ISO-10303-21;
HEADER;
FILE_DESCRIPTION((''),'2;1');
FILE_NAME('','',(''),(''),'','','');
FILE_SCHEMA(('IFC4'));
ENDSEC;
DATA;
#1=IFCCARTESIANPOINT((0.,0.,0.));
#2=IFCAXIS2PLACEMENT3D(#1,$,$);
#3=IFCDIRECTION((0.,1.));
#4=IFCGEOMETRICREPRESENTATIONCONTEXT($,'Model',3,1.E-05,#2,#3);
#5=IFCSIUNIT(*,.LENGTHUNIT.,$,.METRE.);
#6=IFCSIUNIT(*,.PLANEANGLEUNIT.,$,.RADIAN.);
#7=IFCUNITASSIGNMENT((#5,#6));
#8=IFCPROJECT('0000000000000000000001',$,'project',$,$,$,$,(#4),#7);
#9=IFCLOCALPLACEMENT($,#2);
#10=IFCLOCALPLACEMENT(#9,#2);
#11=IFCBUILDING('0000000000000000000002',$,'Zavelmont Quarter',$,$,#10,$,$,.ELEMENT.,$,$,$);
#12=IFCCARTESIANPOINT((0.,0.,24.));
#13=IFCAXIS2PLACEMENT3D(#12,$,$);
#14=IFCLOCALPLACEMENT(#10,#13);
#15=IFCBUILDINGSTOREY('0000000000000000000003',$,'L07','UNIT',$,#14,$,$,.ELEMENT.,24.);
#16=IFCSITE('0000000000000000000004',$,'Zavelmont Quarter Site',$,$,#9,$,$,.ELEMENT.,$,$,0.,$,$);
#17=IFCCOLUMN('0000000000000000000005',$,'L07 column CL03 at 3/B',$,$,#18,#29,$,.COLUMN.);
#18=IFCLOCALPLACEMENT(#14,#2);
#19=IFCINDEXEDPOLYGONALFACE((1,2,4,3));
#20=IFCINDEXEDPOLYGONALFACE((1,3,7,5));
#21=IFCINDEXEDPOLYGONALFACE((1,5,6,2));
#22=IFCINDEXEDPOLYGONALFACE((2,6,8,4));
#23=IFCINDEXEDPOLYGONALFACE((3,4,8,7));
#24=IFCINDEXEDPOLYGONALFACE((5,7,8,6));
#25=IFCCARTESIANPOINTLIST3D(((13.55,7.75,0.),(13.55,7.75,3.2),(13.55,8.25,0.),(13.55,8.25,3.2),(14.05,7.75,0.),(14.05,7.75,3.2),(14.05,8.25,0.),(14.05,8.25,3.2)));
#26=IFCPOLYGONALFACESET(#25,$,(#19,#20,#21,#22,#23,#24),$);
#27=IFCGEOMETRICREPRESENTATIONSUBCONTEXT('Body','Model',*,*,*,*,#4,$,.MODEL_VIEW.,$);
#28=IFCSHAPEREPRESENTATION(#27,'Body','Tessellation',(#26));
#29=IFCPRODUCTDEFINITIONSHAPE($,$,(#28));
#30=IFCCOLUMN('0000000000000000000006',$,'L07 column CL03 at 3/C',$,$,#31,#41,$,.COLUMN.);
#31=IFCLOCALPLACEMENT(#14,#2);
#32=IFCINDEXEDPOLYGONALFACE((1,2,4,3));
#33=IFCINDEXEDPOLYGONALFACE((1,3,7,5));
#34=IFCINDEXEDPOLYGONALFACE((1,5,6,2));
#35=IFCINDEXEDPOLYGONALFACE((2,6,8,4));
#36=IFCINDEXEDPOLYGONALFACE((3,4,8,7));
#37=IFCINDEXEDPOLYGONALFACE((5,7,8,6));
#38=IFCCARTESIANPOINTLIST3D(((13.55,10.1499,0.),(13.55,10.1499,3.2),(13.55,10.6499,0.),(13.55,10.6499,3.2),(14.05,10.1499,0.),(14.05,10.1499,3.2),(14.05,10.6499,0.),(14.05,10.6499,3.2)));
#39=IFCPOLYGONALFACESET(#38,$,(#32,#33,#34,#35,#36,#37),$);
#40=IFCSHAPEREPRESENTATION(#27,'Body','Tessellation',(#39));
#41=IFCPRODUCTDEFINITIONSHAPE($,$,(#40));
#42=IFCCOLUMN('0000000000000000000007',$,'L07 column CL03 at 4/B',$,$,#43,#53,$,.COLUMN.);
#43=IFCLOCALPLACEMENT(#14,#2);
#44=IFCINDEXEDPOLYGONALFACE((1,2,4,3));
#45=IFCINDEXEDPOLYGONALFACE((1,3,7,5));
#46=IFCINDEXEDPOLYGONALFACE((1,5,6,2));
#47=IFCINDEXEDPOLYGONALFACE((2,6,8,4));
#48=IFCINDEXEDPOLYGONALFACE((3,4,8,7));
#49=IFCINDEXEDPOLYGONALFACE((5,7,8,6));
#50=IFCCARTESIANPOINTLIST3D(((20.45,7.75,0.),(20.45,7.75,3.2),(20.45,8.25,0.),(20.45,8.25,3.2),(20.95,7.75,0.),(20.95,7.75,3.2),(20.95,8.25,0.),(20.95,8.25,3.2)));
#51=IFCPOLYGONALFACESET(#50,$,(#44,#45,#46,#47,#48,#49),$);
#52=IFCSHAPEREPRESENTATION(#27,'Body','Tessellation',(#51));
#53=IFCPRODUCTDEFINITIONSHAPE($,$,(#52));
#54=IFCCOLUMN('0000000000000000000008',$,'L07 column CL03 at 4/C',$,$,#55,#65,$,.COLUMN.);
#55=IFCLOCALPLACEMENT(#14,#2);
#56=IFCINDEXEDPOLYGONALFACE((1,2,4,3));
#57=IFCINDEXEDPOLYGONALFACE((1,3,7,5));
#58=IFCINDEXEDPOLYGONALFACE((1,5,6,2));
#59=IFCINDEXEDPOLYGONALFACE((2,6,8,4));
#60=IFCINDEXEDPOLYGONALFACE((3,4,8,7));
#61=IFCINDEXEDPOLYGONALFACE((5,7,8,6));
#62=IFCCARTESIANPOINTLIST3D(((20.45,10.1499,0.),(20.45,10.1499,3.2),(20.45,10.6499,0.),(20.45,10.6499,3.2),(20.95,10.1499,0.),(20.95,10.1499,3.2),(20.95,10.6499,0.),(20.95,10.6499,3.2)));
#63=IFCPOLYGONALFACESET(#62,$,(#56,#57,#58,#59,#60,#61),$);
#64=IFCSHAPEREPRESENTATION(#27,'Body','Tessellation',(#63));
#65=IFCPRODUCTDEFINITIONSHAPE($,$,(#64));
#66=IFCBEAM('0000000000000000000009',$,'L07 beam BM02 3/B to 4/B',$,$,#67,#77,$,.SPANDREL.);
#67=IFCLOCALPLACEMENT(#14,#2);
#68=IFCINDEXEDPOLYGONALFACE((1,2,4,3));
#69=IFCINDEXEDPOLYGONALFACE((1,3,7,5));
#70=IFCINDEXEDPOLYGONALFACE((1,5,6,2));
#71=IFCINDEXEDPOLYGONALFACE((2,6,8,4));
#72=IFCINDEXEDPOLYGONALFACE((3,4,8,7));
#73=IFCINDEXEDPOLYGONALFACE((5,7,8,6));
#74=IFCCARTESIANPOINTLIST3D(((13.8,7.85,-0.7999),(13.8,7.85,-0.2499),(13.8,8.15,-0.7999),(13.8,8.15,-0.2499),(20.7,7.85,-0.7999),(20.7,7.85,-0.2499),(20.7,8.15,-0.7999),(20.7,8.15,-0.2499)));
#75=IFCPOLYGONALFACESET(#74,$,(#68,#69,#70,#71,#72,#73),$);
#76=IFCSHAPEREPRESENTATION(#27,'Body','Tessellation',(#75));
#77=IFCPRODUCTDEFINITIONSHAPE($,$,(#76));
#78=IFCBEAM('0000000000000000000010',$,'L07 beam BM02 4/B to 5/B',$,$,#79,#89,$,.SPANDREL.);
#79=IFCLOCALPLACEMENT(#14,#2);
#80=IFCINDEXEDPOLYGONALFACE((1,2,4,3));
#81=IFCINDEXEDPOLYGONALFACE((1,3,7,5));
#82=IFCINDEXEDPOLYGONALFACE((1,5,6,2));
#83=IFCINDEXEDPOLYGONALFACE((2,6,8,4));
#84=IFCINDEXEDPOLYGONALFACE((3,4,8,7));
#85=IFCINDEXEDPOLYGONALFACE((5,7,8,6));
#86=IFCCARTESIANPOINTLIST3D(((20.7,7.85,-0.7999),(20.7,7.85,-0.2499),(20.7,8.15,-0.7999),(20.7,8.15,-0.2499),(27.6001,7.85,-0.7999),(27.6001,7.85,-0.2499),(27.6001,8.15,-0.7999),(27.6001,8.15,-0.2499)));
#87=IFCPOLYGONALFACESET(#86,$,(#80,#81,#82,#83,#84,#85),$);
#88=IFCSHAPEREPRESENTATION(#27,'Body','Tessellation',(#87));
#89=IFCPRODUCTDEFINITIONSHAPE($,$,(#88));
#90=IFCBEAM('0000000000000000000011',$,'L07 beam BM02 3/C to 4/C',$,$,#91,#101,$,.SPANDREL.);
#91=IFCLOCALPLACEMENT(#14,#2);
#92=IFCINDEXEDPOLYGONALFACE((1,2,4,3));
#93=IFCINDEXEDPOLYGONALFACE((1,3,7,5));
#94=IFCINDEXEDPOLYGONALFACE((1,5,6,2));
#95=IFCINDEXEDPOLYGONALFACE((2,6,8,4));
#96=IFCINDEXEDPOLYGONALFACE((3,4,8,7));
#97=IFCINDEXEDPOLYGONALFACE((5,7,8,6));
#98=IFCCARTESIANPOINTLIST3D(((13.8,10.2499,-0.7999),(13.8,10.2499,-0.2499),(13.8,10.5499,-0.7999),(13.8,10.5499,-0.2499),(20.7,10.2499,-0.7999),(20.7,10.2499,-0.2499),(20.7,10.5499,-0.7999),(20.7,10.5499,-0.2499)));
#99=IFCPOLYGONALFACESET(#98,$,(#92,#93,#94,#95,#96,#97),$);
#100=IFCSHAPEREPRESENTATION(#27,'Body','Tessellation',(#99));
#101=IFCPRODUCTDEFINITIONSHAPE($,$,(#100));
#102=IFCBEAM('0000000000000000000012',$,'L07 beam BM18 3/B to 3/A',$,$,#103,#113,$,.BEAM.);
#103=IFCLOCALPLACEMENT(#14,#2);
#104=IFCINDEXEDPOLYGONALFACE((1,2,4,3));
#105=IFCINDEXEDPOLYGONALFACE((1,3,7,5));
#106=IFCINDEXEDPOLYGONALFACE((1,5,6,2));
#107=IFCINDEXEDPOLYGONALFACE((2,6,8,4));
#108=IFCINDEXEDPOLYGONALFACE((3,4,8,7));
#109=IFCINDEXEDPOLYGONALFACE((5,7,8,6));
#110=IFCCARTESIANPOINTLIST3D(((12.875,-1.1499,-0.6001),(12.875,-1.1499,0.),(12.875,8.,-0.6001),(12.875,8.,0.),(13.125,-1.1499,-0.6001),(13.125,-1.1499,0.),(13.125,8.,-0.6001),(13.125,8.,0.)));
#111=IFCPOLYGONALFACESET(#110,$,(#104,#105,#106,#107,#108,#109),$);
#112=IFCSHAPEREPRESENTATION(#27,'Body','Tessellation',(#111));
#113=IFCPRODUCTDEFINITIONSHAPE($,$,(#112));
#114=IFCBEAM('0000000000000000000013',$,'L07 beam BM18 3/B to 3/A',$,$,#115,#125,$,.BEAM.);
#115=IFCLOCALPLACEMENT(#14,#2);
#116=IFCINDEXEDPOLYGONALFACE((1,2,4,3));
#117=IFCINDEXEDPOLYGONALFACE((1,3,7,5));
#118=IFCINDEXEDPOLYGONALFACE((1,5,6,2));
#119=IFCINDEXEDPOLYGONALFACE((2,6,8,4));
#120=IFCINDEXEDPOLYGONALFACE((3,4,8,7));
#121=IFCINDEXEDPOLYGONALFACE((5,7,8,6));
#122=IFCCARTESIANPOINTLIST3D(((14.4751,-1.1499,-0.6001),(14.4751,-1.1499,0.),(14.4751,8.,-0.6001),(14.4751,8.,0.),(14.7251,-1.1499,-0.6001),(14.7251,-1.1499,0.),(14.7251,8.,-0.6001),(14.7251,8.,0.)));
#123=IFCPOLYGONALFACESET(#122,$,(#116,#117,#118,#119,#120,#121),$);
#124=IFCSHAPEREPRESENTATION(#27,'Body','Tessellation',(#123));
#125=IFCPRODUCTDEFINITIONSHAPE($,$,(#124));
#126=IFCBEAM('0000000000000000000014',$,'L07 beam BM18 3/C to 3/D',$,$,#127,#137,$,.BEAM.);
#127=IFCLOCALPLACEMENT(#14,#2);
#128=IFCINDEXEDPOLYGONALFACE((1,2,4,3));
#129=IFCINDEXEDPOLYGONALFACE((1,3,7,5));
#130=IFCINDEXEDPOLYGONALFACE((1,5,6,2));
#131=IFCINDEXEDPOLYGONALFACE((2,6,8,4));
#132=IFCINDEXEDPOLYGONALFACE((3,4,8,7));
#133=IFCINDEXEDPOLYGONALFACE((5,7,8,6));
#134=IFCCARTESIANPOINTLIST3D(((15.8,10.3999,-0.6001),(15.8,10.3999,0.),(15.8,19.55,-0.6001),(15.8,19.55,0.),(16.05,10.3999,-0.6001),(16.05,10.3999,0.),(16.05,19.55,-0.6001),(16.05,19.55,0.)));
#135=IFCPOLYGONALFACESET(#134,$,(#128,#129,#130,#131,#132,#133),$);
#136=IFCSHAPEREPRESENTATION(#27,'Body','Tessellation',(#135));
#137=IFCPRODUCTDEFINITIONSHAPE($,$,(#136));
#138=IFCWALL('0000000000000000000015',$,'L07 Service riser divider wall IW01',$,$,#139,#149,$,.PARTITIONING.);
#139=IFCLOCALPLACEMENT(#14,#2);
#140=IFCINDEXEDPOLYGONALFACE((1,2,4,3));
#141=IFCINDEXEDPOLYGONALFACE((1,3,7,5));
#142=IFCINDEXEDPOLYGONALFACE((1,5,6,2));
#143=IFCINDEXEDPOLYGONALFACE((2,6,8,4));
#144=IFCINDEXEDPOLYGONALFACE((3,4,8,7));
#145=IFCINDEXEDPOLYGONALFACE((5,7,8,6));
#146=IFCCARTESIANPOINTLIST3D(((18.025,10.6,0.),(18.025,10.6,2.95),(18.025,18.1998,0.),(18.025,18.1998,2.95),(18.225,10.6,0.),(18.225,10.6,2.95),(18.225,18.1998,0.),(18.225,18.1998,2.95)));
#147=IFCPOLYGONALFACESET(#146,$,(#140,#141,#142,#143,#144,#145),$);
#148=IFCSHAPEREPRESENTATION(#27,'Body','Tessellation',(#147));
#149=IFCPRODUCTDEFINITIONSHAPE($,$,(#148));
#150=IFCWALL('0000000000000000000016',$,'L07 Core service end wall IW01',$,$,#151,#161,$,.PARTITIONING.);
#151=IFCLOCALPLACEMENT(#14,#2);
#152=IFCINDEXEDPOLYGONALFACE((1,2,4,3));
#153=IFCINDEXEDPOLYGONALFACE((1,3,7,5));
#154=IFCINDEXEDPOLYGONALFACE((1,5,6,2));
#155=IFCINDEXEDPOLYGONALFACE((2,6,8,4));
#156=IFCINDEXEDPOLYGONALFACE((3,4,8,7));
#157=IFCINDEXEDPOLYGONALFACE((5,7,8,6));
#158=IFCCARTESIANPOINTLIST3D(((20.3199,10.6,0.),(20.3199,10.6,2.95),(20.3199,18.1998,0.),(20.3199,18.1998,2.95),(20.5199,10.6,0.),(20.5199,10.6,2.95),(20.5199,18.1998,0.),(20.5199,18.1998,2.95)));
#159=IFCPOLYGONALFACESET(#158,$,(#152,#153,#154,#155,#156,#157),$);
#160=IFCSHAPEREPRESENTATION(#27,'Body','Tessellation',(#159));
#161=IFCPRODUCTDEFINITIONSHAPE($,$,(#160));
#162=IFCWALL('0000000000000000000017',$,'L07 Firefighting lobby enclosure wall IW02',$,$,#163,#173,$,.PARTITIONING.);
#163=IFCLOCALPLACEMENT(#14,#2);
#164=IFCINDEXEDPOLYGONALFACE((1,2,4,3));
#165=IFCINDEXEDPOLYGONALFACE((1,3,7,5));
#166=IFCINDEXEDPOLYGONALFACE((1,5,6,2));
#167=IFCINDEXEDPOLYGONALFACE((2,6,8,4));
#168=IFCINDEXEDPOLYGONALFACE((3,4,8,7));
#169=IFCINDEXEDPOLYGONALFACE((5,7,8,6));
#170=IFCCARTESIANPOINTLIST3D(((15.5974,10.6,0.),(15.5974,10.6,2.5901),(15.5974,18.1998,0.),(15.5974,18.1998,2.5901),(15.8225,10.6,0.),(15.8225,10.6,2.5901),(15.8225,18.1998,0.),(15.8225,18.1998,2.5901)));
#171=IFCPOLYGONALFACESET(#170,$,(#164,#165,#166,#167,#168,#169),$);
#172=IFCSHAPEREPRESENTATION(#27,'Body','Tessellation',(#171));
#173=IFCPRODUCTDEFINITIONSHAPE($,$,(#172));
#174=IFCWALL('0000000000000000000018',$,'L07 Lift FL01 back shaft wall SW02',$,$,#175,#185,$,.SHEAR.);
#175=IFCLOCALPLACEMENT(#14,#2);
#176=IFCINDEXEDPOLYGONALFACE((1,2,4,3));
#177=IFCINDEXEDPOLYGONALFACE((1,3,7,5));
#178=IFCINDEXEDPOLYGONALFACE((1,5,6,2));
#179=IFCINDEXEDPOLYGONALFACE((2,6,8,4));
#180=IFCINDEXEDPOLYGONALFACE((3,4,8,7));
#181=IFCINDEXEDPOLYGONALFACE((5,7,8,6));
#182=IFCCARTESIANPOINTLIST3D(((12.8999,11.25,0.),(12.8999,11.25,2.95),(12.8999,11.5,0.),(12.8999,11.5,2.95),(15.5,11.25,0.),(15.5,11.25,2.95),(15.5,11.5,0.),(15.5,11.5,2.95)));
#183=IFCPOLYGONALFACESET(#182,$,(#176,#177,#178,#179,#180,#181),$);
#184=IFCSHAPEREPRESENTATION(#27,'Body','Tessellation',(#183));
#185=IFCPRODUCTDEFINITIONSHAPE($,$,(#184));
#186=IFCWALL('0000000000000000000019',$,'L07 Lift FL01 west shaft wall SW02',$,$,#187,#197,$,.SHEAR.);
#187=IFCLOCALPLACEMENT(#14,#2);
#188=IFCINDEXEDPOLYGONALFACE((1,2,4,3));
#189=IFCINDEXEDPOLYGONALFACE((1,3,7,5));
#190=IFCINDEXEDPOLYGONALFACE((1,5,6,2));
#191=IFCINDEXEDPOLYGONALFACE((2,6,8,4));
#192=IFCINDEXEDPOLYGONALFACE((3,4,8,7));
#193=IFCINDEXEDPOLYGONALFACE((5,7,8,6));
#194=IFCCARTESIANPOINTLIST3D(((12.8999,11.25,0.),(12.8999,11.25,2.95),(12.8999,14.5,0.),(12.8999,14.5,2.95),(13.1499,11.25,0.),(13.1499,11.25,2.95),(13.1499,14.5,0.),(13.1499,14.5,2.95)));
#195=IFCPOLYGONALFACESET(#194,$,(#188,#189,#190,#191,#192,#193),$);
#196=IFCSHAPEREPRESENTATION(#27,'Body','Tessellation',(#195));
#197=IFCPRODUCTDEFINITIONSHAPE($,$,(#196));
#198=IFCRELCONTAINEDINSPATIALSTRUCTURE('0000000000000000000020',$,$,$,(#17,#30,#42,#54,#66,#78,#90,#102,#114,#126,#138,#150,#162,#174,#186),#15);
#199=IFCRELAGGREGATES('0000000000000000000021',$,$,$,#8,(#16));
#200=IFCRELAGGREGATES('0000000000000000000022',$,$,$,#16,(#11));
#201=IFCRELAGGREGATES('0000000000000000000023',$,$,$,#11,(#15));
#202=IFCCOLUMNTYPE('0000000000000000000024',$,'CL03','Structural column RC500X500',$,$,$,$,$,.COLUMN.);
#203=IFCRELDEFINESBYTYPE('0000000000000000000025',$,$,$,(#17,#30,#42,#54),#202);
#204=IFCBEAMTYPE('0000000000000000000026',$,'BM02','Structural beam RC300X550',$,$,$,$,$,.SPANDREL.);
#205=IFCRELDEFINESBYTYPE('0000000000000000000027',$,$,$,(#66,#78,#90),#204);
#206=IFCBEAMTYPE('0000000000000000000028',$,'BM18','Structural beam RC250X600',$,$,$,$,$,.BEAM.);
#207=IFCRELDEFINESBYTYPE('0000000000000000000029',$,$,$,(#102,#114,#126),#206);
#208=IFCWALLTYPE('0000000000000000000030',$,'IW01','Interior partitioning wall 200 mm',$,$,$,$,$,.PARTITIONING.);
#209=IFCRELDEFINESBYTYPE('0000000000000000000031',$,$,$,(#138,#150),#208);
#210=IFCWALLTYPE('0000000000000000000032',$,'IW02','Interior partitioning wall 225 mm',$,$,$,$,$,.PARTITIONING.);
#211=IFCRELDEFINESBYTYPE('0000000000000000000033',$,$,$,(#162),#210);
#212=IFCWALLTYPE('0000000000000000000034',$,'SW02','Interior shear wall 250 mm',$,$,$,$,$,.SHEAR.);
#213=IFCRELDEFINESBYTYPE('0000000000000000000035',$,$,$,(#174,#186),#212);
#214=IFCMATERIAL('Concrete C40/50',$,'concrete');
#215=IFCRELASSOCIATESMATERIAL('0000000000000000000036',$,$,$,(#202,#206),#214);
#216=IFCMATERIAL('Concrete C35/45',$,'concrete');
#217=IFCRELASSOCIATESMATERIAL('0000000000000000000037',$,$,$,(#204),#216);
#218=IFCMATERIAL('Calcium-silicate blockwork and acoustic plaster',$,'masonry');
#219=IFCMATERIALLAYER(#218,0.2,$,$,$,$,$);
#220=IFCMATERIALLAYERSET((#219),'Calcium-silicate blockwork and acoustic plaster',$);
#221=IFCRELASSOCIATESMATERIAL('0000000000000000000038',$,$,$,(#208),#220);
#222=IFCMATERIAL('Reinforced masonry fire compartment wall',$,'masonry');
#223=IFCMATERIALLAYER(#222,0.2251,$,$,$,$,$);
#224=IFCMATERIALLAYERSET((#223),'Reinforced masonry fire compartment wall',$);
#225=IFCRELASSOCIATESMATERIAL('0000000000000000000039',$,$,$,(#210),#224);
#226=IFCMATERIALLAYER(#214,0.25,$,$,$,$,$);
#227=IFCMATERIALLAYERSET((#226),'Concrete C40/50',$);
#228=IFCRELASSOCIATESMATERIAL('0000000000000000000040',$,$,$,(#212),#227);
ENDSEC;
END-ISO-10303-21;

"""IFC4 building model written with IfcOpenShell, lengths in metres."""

from ifc_helpers import new_model, si_unit, direction, frame, frame_2d, origin, origin_2d, place, context, subcontext, project, spatial, rectangle, extrude, material, layer, layer_set, material_profile, profile_set, type_object, element, save


model = new_model("IFC4")

# Units and contexts
model_context = context("Model", 3, precision=1e-05, world=origin(), true_north=direction((0.0, 1.0)))
body_context = subcontext(model_context, "Body", "Model", "MODEL_VIEW")
ifc_project = project(units=[si_unit("LENGTHUNIT", "METRE"), si_unit("PLANEANGLEUNIT", "RADIAN")], contexts=[model_context])

# Site, building, storey
site_placement = place(None, origin())
site = spatial("IfcSite", under=ifc_project, at=site_placement, Name="Zavelmont Quarter Site", CompositionType="ELEMENT", RefElevation=0.0)
building_placement = place(site_placement, origin())
building = spatial("IfcBuilding", under=site, at=building_placement, Name="Zavelmont Quarter", CompositionType="ELEMENT")
storey_placement = place(building_placement, frame((0.0, 0.0, 24.0)))
storey = spatial("IfcBuildingStorey", under=building, at=storey_placement, Name="L07", Description="UNIT", CompositionType="ELEMENT", Elevation=24.0)

# Columns
ifc_material_1 = material(Name="Concrete C40/50", Category="concrete")
ifc_material_profile_1 = material_profile(ifc_material_1, rectangle(XDim=0.5, YDim=0.5, at=origin_2d()), Name="RC500X500")
ifc_profile_set_1 = profile_set([ifc_material_profile_1], Name="Concrete C40/50")
column_type = type_object("IfcColumnType", Name="CL03", Description="Structural column RC500X500", PredefinedType="COLUMN", material=ifc_profile_set_1)
for number, where, z_axis, x_axis, name in (
    (1, (13.8, 8.0, 0.0), (0.0, 0.0, 1.0), (1.0, 0.0, 0.0), "L07 column CL03 at 3/B"),
    (2, (13.8, 10.3999, 0.0), (0.0, 0.0, 1.0), (1.0, 0.0, 0.0), "L07 column CL03 at 3/C"),
    (3, (20.7, 8.0, 0.0), (0.0, 0.0, 1.0), (1.0, 0.0, 0.0), "L07 column CL03 at 4/B"),
    (4, (20.7, 10.3999, 0.0), (0.0, 0.0, 1.0), (1.0, 0.0, 0.0), "L07 column CL03 at 4/C"),
):
    element("IfcColumn", number, at=place(storey_placement, frame(where, z_axis=z_axis, x_axis=x_axis)), inside=storey, type_object=column_type, Name=name, PredefinedType="COLUMN", context=body_context, shape_type="SweptSolid", body=[
        extrude(rectangle(XDim=0.5, YDim=0.5, at=origin_2d()), origin(), (0.0, 0.0, 1.0), 3.2),
    ])

# Beams
ifc_material_2 = material(Name="Concrete C35/45", Category="concrete")
ifc_material_profile_2 = material_profile(ifc_material_2, rectangle(XDim=0.3, YDim=0.55, at=origin_2d()), Name="RC300X550")
ifc_profile_set_2 = profile_set([ifc_material_profile_2], Name="Concrete C35/45")
beam_type_1 = type_object("IfcBeamType", Name="BM02", Description="Structural beam RC300X550", PredefinedType="SPANDREL", material=ifc_profile_set_2)
beam_1_placement = place(storey_placement, frame((13.8, 8.0, -0.5249), z_axis=(1.0, 0.0, 0.0), x_axis=(0.0, 1.0, 0.0)))
element("IfcBeam", 5, at=beam_1_placement, inside=storey, type_object=beam_type_1, Name="L07 beam BM02 3/B to 4/B", PredefinedType="SPANDREL", context=body_context, shape_type="SweptSolid", body=[
    extrude(rectangle(XDim=0.3, YDim=0.55, at=origin_2d()), origin(), (0.0, 0.0, 1.0), 6.8999),
])
beam_2_placement = place(storey_placement, frame((20.7, 8.0, -0.5249), z_axis=(1.0, 0.0, 0.0), x_axis=(0.0, 1.0, 0.0)))
element("IfcBeam", 6, at=beam_2_placement, inside=storey, type_object=beam_type_1, Name="L07 beam BM02 4/B to 5/B", PredefinedType="SPANDREL", context=body_context, shape_type="SweptSolid", body=[
    extrude(rectangle(XDim=0.3, YDim=0.55, at=origin_2d()), origin(), (0.0, 0.0, 1.0), 6.9001),
])
beam_3_placement = place(storey_placement, frame((13.8, 10.3999, -0.5249), z_axis=(1.0, 0.0, 0.0), x_axis=(0.0, 1.0, 0.0)))
element("IfcBeam", 7, at=beam_3_placement, inside=storey, type_object=beam_type_1, Name="L07 beam BM02 3/C to 4/C", PredefinedType="SPANDREL", context=body_context, shape_type="SweptSolid", body=[
    extrude(rectangle(XDim=0.3, YDim=0.55, at=origin_2d()), origin(), (0.0, 0.0, 1.0), 6.8999),
])
ifc_material_profile_3 = material_profile(ifc_material_1, rectangle(XDim=0.25, YDim=0.6001, at=origin_2d()), Name="RC250X600")
ifc_profile_set_3 = profile_set([ifc_material_profile_3], Name="Concrete C40/50")
beam_type_2 = type_object("IfcBeamType", Name="BM18", Description="Structural beam RC250X600", PredefinedType="BEAM", material=ifc_profile_set_3)
for number, where, z_axis, x_axis, name in (
    (8, (13.0, 8.0, -0.3), (0.0, -1.0, 0.0), (1.0, 0.0, 0.0), "L07 beam BM18 3/B to 3/A"),
    (9, (14.6001, 8.0, -0.3), (0.0, -1.0, 0.0), (1.0, 0.0, 0.0), "L07 beam BM18 3/B to 3/A"),
):
    element("IfcBeam", number, at=place(storey_placement, frame(where, z_axis=z_axis, x_axis=x_axis)), inside=storey, type_object=beam_type_2, Name=name, PredefinedType="BEAM", context=body_context, shape_type="SweptSolid", body=[
        extrude(rectangle(XDim=0.25, YDim=0.6001, at=origin_2d()), origin(), (0.0, 0.0, 1.0), 9.1499),
    ])
beam_4_placement = place(storey_placement, frame((15.925, 10.3999, -0.3), z_axis=(0.0, 1.0, 0.0), x_axis=(-1.0, 0.0, 0.0)))
element("IfcBeam", 10, at=beam_4_placement, inside=storey, type_object=beam_type_2, Name="L07 beam BM18 3/C to 3/D", PredefinedType="BEAM", context=body_context, shape_type="SweptSolid", body=[
    extrude(rectangle(XDim=0.25, YDim=0.6001, at=origin_2d()), origin(), (0.0, 0.0, 1.0), 9.1501),
])

# Walls
ifc_material_3 = material(Name="Calcium-silicate blockwork and acoustic plaster", Category="masonry")
ifc_layer_1 = layer(ifc_material_3, 0.2)
ifc_layer_set_1 = layer_set([ifc_layer_1], Name="Calcium-silicate blockwork and acoustic plaster")
wall_type_1 = type_object("IfcWallType", Name="IW01", Description="Interior partitioning wall 200 mm", PredefinedType="PARTITIONING", material=ifc_layer_set_1)
for number, where, z_axis, x_axis, name in (
    (11, (18.125, 10.6001, 0.0), (0.0, 0.0, 1.0), (0.0, 1.0, 0.0), "L07 Service riser divider wall IW01"),
    (12, (20.4199, 10.6001, 0.0), (0.0, 0.0, 1.0), (0.0, 1.0, 0.0), "L07 Core service end wall IW01"),
):
    element("IfcWall", number, at=place(storey_placement, frame(where, z_axis=z_axis, x_axis=x_axis)), inside=storey, type_object=wall_type_1, Name=name, PredefinedType="PARTITIONING", context=body_context, shape_type="SweptSolid", body=[
        extrude(rectangle(XDim=7.5999, YDim=0.2, at=frame_2d((3.7998, 0.0))), origin(), (0.0, 0.0, 1.0), 2.95),
    ])
ifc_material_4 = material(Name="Reinforced masonry fire compartment wall", Category="masonry")
ifc_layer_2 = layer(ifc_material_4, 0.2251)
ifc_layer_set_2 = layer_set([ifc_layer_2], Name="Reinforced masonry fire compartment wall")
wall_type_2 = type_object("IfcWallType", Name="IW02", Description="Interior partitioning wall 225 mm", PredefinedType="PARTITIONING", material=ifc_layer_set_2)
wall_1_placement = place(storey_placement, frame((15.71, 10.6001, 0.0), z_axis=(0.0, 0.0, 1.0), x_axis=(0.0, 1.0, 0.0)))
element("IfcWall", 13, at=wall_1_placement, inside=storey, type_object=wall_type_2, Name="L07 Firefighting lobby enclosure wall IW02", PredefinedType="PARTITIONING", context=body_context, shape_type="SweptSolid", body=[
    extrude(rectangle(XDim=7.5999, YDim=0.2251, at=frame_2d((3.7998, 0.0))), origin(), (0.0, 0.0, 1.0), 2.5901),
])
ifc_layer_3 = layer(ifc_material_1, 0.25)
ifc_layer_set_3 = layer_set([ifc_layer_3], Name="Concrete C40/50")
wall_type_3 = type_object("IfcWallType", Name="SW02", Description="Interior shear wall 250 mm", PredefinedType="SHEAR", material=ifc_layer_set_3)
wall_2_placement = place(storey_placement, frame((12.8999, 11.375, 0.0), z_axis=(0.0, 0.0, 1.0), x_axis=(1.0, 0.0, 0.0)))
element("IfcWall", 14, at=wall_2_placement, inside=storey, type_object=wall_type_3, Name="L07 Lift FL01 back shaft wall SW02", PredefinedType="SHEAR", context=body_context, shape_type="SweptSolid", body=[
    extrude(rectangle(XDim=2.6001, YDim=0.25, at=frame_2d((1.3, 0.0))), origin(), (0.0, 0.0, 1.0), 2.95),
])
for number, where, z_axis, x_axis, name in (
    (15, (13.0249, 11.25, 0.0), (0.0, 0.0, 1.0), (0.0, 1.0, 0.0), "L07 Lift FL01 west shaft wall SW02"),
):
    element("IfcWall", number, at=place(storey_placement, frame(where, z_axis=z_axis, x_axis=x_axis)), inside=storey, type_object=wall_type_3, Name=name, PredefinedType="SHEAR", context=body_context, shape_type="SweptSolid", body=[
        extrude(rectangle(XDim=3.25, YDim=0.25, at=frame_2d((1.625, 0.0))), origin(), (0.0, 0.0, 1.0), 2.95),
    ])

save(model, "model.ifc")
